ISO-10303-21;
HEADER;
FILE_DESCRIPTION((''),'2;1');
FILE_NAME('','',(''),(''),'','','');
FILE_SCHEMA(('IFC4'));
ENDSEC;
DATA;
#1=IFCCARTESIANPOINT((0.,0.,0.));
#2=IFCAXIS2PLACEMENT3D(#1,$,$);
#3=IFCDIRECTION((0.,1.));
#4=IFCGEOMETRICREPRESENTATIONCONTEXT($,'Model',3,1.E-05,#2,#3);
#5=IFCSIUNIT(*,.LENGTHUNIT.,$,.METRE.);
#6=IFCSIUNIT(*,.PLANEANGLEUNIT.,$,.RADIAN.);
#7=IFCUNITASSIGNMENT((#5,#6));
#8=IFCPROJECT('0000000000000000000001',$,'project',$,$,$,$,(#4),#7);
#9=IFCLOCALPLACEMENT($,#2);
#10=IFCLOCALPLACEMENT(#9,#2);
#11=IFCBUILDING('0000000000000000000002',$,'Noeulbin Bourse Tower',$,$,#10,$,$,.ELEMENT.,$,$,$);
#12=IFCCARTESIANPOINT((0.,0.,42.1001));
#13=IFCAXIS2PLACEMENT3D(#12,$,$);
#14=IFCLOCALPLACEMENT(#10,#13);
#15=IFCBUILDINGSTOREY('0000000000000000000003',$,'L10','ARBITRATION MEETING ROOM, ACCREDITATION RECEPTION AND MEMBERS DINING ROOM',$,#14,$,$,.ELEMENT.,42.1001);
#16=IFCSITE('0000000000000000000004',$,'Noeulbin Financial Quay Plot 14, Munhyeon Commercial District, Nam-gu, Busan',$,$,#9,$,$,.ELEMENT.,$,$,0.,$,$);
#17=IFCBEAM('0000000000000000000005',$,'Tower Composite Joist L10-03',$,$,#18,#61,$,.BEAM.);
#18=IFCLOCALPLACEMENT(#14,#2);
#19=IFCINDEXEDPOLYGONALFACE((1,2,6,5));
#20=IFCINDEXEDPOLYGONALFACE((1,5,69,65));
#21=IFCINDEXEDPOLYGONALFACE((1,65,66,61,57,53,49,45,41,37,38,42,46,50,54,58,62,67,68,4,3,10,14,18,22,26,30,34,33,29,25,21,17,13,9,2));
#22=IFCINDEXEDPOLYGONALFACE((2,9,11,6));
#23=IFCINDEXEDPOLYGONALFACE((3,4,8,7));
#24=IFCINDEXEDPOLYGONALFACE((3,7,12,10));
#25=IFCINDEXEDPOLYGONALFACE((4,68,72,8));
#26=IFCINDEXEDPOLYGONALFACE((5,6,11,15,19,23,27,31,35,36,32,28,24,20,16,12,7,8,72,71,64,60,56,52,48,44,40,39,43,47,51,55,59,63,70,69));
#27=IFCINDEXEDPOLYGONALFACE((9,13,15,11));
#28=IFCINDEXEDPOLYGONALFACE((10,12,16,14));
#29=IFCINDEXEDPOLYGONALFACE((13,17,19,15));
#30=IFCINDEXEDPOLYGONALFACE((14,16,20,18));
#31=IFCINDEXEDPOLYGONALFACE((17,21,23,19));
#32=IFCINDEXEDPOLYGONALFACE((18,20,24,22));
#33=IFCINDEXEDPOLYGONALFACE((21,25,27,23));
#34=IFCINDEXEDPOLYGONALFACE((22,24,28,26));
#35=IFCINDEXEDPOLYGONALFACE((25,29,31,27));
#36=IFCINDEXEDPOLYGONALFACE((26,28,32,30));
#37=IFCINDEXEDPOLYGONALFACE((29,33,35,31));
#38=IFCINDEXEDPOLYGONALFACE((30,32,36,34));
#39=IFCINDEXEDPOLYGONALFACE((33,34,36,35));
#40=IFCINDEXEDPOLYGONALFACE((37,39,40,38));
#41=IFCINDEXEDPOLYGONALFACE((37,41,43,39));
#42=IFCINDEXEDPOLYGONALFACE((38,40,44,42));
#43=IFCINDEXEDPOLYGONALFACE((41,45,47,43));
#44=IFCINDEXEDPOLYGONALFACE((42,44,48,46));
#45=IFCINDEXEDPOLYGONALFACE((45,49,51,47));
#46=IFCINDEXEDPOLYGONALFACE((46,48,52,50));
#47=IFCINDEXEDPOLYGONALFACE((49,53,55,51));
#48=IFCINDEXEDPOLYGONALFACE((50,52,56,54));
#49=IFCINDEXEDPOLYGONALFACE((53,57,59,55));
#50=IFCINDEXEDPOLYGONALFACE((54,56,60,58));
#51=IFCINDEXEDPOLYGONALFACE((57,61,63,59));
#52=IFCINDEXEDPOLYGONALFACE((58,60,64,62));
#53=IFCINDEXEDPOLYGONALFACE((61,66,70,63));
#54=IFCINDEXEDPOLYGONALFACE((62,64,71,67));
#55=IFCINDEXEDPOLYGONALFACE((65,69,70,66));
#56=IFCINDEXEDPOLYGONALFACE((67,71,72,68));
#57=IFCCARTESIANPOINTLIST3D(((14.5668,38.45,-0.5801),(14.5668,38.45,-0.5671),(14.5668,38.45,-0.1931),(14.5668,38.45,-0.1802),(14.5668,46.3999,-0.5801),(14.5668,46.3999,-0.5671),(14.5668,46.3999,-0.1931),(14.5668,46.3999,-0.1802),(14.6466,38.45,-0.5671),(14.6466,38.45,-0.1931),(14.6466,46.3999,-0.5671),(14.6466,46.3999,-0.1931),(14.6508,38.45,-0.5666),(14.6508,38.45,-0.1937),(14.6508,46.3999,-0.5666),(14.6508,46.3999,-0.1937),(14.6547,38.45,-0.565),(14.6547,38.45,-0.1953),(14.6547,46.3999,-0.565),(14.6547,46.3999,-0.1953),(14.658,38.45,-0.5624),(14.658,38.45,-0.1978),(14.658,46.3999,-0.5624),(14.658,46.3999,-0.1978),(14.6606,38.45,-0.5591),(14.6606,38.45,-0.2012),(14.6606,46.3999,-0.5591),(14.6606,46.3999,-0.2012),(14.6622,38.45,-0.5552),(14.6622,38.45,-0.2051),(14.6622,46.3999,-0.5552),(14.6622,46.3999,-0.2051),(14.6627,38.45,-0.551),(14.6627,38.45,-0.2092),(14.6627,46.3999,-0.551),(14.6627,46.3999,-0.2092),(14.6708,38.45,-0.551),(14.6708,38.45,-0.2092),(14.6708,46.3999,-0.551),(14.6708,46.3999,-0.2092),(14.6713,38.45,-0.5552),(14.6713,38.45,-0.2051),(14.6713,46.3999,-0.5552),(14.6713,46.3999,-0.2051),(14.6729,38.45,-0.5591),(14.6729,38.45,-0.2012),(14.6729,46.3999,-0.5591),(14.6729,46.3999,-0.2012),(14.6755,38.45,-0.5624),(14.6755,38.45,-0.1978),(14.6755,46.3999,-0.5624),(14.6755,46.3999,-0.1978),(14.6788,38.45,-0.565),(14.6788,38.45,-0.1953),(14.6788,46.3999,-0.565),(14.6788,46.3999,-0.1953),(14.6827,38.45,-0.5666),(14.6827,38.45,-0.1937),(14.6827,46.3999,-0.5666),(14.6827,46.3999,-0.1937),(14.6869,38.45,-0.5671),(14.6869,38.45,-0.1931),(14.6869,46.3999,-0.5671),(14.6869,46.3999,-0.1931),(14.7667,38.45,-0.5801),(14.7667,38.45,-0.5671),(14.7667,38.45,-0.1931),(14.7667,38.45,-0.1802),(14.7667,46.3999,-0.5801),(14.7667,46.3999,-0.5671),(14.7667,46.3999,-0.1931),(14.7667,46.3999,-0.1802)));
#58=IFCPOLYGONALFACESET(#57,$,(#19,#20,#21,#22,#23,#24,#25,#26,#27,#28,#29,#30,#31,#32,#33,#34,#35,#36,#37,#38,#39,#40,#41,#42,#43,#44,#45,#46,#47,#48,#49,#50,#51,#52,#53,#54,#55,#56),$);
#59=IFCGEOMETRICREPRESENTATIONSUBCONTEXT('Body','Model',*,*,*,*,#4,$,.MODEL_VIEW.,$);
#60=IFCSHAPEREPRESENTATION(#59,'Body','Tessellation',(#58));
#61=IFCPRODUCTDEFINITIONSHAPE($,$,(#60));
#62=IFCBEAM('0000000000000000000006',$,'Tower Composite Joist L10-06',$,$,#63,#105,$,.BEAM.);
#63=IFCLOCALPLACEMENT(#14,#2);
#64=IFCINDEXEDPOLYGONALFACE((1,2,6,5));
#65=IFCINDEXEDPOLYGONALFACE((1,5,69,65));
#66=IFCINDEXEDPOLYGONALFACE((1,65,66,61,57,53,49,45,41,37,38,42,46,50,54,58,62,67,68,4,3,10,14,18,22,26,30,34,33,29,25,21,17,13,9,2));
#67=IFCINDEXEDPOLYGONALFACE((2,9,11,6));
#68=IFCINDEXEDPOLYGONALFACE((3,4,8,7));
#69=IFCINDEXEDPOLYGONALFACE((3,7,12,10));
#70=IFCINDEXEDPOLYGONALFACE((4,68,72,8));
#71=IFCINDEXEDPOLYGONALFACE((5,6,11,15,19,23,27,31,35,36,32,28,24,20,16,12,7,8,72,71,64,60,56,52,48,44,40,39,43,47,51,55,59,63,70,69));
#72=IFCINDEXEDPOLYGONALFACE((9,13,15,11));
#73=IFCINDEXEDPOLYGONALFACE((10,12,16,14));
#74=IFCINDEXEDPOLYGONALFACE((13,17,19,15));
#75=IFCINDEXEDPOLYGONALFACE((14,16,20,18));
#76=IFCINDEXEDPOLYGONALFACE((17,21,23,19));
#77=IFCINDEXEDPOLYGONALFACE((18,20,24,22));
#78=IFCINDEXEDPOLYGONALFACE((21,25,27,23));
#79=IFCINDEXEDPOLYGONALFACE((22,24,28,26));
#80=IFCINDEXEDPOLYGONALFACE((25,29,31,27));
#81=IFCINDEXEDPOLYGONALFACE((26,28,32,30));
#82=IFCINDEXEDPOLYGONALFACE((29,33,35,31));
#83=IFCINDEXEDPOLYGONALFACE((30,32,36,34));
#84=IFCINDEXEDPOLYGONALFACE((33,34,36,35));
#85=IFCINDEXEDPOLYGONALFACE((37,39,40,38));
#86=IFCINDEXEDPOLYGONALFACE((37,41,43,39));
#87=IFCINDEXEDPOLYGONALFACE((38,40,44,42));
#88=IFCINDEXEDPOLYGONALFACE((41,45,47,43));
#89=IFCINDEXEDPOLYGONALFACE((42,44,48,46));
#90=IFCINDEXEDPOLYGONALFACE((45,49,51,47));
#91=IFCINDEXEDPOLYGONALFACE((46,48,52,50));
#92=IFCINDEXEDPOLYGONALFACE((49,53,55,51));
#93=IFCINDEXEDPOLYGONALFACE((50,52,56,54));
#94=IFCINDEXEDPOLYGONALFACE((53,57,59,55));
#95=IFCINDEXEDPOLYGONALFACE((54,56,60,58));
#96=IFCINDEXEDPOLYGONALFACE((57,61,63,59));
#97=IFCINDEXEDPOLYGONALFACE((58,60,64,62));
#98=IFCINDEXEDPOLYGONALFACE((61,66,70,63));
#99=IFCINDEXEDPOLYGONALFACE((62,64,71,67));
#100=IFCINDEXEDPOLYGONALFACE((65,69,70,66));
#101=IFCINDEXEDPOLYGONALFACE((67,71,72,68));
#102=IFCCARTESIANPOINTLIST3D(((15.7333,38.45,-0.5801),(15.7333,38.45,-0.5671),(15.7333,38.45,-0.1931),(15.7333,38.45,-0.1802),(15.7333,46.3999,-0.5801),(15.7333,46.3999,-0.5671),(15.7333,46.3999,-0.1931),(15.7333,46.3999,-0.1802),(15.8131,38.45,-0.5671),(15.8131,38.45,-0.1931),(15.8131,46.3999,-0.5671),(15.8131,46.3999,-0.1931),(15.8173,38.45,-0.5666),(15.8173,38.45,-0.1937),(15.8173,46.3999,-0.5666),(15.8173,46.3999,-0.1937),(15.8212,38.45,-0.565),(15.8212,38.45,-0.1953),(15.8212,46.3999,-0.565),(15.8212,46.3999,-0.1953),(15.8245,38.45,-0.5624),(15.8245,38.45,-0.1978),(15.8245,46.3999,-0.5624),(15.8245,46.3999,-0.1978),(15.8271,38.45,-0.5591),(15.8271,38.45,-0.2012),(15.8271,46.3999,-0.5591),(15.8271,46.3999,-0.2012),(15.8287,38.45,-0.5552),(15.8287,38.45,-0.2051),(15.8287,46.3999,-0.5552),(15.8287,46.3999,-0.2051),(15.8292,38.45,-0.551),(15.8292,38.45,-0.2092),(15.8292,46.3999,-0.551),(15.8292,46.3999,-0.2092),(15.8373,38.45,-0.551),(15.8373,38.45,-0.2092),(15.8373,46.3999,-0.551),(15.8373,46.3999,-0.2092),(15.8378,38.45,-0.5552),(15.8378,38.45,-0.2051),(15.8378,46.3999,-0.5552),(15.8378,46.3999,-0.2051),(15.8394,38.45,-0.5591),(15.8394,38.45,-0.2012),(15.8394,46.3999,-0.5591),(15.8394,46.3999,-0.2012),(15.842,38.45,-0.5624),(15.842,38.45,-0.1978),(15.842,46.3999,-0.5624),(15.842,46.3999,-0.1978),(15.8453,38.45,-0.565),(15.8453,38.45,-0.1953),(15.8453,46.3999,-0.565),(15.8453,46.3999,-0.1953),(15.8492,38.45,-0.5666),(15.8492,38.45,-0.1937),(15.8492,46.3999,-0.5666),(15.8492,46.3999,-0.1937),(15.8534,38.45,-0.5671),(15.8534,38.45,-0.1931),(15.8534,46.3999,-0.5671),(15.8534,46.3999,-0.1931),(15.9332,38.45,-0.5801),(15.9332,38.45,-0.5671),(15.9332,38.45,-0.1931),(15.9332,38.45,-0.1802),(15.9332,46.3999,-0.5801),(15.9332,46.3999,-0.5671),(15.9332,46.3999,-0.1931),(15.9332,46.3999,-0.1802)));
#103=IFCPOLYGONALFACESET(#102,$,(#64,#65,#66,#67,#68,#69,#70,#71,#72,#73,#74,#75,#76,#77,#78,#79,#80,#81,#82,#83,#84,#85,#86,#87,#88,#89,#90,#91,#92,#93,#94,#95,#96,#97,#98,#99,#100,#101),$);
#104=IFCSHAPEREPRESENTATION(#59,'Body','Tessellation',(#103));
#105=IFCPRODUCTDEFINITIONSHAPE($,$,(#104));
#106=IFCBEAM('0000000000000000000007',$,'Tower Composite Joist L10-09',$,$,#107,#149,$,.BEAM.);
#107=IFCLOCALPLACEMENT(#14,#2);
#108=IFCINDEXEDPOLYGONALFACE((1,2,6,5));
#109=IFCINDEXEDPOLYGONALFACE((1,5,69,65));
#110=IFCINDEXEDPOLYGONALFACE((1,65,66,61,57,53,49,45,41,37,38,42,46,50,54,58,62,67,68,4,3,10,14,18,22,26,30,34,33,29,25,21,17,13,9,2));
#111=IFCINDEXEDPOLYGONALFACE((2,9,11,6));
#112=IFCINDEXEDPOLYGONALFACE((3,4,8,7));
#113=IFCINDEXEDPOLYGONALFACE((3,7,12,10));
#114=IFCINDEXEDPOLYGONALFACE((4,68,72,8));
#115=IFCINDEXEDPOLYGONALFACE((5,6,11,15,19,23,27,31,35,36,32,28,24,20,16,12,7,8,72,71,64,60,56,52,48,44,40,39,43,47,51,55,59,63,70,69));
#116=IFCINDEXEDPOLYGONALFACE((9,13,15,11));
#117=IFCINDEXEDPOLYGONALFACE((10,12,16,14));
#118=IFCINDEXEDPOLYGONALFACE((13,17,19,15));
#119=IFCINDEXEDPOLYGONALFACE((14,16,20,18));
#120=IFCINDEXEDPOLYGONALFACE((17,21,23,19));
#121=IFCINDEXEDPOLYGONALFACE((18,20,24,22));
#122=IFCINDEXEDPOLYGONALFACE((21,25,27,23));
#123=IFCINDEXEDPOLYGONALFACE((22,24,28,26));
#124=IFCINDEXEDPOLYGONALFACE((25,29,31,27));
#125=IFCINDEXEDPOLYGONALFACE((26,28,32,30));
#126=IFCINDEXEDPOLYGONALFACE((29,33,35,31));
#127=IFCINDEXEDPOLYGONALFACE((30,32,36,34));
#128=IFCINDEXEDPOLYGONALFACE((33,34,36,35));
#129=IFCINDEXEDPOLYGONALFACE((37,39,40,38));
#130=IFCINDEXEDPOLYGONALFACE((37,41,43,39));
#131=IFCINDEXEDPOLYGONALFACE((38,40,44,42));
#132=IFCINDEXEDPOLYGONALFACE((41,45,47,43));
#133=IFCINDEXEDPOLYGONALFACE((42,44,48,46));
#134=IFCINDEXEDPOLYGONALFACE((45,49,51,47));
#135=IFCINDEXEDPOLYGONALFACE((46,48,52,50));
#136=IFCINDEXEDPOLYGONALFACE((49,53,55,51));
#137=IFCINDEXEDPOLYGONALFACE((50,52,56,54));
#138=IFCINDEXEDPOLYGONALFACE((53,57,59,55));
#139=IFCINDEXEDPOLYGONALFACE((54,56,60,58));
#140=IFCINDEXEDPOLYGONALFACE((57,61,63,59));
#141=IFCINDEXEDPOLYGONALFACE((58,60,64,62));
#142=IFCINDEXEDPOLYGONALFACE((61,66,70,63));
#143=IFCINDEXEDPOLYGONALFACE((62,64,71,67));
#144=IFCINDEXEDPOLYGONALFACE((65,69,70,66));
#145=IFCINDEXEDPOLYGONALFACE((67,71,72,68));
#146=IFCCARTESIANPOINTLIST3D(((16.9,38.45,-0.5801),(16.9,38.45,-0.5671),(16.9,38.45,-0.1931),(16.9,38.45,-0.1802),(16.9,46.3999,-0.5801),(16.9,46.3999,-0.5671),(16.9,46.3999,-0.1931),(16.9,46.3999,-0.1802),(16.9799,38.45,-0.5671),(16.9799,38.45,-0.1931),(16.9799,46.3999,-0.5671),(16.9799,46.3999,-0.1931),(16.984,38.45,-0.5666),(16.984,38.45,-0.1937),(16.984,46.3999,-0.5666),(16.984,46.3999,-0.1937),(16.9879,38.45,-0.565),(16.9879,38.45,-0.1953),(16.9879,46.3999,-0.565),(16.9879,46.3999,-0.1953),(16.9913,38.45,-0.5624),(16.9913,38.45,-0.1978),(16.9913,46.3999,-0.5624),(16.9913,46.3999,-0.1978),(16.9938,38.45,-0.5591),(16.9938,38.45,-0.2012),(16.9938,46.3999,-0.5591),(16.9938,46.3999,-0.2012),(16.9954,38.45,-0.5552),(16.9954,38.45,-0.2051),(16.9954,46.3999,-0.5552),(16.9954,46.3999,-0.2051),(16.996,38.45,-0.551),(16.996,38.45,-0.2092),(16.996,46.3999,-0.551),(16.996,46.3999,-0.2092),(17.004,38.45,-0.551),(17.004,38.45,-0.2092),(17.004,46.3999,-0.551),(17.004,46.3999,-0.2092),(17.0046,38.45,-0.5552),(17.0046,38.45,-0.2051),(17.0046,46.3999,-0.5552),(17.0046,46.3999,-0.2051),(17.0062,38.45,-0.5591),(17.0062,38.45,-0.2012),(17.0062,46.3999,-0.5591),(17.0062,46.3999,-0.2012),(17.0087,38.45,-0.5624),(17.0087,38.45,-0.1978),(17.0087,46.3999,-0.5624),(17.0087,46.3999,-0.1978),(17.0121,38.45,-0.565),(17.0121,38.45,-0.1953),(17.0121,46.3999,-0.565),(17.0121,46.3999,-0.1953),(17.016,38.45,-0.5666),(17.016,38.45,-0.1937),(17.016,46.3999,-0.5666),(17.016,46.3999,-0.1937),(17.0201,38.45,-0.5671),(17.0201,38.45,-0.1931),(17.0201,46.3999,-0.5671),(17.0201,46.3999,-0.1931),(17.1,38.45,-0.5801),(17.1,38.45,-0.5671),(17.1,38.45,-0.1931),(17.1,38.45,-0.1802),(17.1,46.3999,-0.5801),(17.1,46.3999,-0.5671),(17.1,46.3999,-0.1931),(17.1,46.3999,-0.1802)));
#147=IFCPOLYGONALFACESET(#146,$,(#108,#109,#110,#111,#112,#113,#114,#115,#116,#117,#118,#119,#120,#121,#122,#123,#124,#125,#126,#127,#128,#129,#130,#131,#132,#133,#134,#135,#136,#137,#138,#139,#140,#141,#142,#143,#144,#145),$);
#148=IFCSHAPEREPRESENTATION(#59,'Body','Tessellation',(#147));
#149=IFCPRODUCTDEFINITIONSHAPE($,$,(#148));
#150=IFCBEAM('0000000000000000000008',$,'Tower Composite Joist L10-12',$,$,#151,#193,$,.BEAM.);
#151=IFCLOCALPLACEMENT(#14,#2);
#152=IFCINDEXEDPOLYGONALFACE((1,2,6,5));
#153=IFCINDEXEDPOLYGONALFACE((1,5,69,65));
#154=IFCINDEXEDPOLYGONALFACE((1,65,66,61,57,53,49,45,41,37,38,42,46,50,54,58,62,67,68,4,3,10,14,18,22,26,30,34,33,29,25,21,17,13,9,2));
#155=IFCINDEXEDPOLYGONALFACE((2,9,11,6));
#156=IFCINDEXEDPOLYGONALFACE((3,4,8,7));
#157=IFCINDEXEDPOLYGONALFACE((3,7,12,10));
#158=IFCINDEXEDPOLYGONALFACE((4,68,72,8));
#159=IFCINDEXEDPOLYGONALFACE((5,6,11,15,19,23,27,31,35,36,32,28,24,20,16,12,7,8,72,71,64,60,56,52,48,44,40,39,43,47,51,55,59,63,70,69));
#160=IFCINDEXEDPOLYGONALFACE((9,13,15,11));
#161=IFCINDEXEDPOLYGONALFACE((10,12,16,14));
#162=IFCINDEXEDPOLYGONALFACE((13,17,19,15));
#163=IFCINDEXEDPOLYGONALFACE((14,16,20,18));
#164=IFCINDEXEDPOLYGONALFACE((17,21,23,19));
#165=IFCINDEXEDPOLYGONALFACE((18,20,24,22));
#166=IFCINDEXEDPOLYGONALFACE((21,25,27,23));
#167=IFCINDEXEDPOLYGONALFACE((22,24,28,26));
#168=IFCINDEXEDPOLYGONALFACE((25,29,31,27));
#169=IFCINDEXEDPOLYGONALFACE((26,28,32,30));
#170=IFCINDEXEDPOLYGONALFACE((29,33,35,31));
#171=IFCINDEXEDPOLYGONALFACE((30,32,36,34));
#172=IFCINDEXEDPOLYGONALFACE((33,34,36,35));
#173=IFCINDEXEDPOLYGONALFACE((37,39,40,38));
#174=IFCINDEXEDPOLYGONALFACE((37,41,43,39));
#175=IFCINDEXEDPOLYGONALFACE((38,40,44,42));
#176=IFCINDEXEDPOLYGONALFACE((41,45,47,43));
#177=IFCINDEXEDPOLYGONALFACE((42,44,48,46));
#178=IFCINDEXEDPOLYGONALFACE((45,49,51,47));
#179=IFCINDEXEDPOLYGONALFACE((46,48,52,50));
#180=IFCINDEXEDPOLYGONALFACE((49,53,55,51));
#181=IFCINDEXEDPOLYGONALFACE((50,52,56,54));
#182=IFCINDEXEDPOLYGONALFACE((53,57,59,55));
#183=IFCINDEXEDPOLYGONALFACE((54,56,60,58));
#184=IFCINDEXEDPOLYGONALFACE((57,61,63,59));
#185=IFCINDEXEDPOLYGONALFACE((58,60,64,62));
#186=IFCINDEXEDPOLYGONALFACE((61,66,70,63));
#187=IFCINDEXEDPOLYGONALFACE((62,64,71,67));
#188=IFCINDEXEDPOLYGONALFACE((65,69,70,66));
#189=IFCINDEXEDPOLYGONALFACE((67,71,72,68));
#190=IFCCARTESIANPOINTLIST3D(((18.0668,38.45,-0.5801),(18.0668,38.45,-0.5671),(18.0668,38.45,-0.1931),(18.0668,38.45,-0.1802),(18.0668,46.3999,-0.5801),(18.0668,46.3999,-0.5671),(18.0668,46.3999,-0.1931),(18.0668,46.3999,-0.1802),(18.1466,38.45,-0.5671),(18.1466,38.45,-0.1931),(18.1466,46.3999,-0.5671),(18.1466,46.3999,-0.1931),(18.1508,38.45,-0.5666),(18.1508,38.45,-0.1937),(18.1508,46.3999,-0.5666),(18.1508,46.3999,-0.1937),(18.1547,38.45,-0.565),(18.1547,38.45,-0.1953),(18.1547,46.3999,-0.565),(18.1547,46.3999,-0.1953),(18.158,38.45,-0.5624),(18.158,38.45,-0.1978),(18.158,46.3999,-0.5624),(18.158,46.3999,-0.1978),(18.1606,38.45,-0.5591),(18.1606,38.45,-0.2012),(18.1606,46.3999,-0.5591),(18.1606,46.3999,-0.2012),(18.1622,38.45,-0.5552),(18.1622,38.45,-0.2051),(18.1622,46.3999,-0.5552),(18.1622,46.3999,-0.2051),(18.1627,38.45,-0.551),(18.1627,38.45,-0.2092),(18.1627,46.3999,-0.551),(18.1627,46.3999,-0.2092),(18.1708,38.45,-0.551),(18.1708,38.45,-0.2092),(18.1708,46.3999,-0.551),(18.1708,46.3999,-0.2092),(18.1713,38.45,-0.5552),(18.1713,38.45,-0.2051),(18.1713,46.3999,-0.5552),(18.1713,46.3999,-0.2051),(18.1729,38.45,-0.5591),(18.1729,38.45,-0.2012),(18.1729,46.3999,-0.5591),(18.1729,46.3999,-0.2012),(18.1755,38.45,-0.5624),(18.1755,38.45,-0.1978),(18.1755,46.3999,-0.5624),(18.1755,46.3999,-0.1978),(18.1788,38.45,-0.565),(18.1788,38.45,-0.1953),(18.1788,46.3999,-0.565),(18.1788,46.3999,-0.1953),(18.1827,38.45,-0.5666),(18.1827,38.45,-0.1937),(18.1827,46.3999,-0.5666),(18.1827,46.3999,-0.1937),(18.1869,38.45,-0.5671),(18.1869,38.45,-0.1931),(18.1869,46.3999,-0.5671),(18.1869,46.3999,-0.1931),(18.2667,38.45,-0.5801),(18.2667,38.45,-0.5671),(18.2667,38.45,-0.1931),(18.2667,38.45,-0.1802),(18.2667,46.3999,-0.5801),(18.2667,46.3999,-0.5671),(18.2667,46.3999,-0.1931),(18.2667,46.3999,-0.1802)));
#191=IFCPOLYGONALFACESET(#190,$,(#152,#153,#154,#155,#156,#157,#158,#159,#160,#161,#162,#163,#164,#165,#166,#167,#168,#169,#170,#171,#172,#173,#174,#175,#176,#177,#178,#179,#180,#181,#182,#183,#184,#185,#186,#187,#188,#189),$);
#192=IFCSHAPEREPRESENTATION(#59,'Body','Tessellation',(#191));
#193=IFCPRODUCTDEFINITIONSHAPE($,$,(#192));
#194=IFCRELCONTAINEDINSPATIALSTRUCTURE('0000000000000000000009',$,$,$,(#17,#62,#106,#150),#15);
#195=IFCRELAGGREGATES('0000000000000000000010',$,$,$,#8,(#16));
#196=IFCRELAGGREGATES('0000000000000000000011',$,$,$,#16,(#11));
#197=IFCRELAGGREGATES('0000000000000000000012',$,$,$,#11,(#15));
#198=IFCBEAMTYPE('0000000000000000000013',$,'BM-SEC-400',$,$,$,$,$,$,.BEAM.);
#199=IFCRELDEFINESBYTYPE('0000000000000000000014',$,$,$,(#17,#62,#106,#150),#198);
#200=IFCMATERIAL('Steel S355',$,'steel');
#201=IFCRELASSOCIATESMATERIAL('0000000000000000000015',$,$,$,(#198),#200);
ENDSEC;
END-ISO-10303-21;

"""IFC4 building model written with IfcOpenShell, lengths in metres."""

from ifc_helpers import new_model, si_unit, direction, frame, origin, origin_2d, place, context, subcontext, project, spatial, i_section, extrude, material, material_profile, profile_set, type_object, element, save


model = new_model("IFC4")

# Units and contexts
model_context = context("Model", 3, precision=1e-05, world=origin(), true_north=direction((0.0, 1.0)))
body_context = subcontext(model_context, "Body", "Model", "MODEL_VIEW")
ifc_project = project(units=[si_unit("LENGTHUNIT", "METRE"), si_unit("PLANEANGLEUNIT", "RADIAN")], contexts=[model_context])

# Site, building, storey
site_placement = place(None, origin())
site = spatial("IfcSite", under=ifc_project, at=site_placement, Name="Noeulbin Financial Quay Plot 14, Munhyeon Commercial District, Nam-gu, Busan", CompositionType="ELEMENT", RefElevation=0.0)
building_placement = place(site_placement, origin())
building = spatial("IfcBuilding", under=site, at=building_placement, Name="Noeulbin Bourse Tower", CompositionType="ELEMENT")
storey_placement = place(building_placement, frame((0.0, 0.0, 42.1001)))
storey = spatial("IfcBuildingStorey", under=building, at=storey_placement, Name="L10", Description="ARBITRATION MEETING ROOM, ACCREDITATION RECEPTION AND MEMBERS DINING ROOM", CompositionType="ELEMENT", Elevation=42.1001)

# Beams
ifc_material_1 = material(Name="Steel S355", Category="steel")
ifc_material_profile_1 = material_profile(ifc_material_1, i_section(OverallWidth=0.2, OverallDepth=0.3999, WebThickness=0.0081, FlangeThickness=0.0129, FilletRadius=0.0161, at=origin_2d()), Name="H-400x200x8x13", Category="LoadBearing")
ifc_profile_set_1 = profile_set([ifc_material_profile_1], Name="Steel S355")
beam_type_1 = type_object("IfcBeamType", Name="BM-SEC-400", PredefinedType="BEAM", material=ifc_profile_set_1)
for number, where, z_axis, x_axis, name in (
    (1, (14.6667, 38.45, -0.3801), (0.0, 1.0, 0.0), (-1.0, 0.0, 0.0), "Tower Composite Joist L10-03"),
    (2, (15.8333, 38.45, -0.3801), (0.0, 1.0, 0.0), (-1.0, 0.0, 0.0), "Tower Composite Joist L10-06"),
    (3, (17.0, 38.45, -0.3801), (0.0, 1.0, 0.0), (-1.0, 0.0, 0.0), "Tower Composite Joist L10-09"),
    (4, (18.1667, 38.45, -0.3801), (0.0, 1.0, 0.0), (-1.0, 0.0, 0.0), "Tower Composite Joist L10-12"),
):
    element("IfcBeam", number, at=place(storey_placement, frame(where, z_axis=z_axis, x_axis=x_axis)), inside=storey, type_object=beam_type_1, Name=name, PredefinedType="BEAM", context=body_context, shape_type="SweptSolid", body=[
        extrude(i_section(OverallWidth=0.2, OverallDepth=0.3999, WebThickness=0.0081, FlangeThickness=0.0129, FilletRadius=0.0161, at=origin_2d()), origin(), (0.0, 0.0, 1.0), 7.95),
    ])

save(model, "model.ifc")
